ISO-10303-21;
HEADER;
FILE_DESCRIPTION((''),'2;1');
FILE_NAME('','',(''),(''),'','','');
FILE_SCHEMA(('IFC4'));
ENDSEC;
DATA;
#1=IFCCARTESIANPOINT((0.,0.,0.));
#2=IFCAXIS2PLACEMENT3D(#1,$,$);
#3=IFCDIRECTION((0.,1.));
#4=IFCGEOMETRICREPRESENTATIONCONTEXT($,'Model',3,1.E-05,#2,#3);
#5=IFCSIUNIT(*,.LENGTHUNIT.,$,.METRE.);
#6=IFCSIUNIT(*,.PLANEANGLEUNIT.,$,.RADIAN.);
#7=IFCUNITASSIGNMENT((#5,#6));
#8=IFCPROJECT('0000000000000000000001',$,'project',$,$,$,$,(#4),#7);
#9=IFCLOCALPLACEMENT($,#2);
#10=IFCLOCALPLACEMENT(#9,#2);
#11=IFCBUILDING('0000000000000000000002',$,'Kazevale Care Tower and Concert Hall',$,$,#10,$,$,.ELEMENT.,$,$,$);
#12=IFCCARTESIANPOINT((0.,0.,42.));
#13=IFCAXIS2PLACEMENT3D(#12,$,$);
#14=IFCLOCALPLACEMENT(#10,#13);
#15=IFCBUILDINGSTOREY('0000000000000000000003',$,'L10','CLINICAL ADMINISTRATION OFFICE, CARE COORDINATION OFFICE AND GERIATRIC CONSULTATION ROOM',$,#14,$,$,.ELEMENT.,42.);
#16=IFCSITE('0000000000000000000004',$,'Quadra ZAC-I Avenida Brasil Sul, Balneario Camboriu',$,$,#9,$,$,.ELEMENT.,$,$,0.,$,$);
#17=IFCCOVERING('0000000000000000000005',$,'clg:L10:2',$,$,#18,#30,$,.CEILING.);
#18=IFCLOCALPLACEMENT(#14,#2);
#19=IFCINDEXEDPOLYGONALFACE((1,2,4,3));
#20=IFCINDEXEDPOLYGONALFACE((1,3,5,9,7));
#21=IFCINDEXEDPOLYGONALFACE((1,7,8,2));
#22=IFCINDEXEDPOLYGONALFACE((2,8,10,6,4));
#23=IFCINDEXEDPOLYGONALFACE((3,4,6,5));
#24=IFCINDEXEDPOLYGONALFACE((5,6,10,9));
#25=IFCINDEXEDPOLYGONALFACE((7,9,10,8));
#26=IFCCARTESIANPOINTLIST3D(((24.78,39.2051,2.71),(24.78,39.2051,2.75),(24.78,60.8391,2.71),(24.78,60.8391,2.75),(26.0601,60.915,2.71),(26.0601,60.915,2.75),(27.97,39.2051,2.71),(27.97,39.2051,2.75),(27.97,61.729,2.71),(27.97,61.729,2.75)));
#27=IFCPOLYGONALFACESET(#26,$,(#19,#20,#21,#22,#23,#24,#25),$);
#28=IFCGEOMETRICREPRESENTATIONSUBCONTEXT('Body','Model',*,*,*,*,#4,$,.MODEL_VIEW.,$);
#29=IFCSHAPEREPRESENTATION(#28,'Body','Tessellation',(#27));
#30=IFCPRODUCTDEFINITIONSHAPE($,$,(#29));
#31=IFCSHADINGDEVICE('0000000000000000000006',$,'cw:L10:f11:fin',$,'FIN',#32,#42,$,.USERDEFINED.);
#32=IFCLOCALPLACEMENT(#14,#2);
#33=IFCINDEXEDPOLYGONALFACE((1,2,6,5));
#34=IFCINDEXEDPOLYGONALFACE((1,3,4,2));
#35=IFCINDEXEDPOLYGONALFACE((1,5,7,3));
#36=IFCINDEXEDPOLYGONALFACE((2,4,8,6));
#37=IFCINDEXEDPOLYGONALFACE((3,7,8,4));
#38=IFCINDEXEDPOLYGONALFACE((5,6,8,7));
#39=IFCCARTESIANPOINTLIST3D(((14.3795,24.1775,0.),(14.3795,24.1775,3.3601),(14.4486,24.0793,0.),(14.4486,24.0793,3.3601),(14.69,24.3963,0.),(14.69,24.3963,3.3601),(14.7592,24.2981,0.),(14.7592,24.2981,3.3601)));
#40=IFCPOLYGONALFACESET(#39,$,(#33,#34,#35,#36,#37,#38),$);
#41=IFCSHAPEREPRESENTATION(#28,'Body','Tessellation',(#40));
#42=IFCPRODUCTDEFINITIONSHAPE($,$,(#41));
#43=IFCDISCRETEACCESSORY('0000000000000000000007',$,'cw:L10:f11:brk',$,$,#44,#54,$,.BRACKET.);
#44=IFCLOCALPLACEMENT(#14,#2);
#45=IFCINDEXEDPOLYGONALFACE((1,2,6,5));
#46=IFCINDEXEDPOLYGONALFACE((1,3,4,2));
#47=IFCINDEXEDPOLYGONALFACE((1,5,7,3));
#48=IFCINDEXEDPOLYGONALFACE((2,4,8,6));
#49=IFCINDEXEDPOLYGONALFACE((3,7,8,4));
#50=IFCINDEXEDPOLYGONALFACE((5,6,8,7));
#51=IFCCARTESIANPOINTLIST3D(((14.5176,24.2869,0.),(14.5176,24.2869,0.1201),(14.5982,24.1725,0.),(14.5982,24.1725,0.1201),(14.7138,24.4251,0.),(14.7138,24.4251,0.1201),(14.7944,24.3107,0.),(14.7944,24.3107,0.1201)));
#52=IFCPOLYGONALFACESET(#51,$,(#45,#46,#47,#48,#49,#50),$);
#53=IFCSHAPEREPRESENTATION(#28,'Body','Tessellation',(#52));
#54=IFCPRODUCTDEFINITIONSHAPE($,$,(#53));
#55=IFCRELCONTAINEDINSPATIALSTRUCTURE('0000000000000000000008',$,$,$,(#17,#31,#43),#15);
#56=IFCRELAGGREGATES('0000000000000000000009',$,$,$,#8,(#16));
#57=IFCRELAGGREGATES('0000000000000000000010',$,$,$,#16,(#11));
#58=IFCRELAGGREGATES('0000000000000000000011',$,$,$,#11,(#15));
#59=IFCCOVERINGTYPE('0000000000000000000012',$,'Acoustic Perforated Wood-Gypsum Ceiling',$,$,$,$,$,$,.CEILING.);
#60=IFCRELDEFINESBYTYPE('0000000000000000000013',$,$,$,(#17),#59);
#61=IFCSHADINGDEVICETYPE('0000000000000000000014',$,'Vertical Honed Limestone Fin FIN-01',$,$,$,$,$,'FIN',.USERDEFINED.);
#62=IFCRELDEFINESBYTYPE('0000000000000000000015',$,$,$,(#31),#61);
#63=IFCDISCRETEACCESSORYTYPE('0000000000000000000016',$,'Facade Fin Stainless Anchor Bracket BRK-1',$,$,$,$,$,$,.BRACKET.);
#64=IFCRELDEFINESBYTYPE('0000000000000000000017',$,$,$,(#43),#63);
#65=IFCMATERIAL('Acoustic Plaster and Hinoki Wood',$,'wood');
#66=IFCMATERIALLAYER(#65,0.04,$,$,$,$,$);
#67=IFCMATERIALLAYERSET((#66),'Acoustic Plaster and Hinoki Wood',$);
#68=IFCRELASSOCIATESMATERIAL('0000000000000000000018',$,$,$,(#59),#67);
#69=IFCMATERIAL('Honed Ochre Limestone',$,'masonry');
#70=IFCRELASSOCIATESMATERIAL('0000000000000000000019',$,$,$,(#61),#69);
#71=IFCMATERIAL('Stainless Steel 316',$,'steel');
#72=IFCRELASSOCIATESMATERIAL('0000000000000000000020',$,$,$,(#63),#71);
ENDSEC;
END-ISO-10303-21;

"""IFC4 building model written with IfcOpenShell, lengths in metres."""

from ifc_helpers import new_model, si_unit, direction, frame, origin, origin_2d, place, context, subcontext, project, spatial, polyline, rectangle, outline, extrude, material, layer, layer_set, type_object, element, save


model = new_model("IFC4")

# Units and contexts
model_context = context("Model", 3, precision=1e-05, world=origin(), true_north=direction((0.0, 1.0)))
body_context = subcontext(model_context, "Body", "Model", "MODEL_VIEW")
ifc_project = project(units=[si_unit("LENGTHUNIT", "METRE"), si_unit("PLANEANGLEUNIT", "RADIAN")], contexts=[model_context])

# Site, building, storey
site_placement = place(None, origin())
site = spatial("IfcSite", under=ifc_project, at=site_placement, Name="Quadra ZAC-I Avenida Brasil Sul, Balneario Camboriu", CompositionType="ELEMENT", RefElevation=0.0)
building_placement = place(site_placement, origin())
building = spatial("IfcBuilding", under=site, at=building_placement, Name="Kazevale Care Tower and Concert Hall", CompositionType="ELEMENT")
storey_placement = place(building_placement, frame((0.0, 0.0, 42.0)))
storey = spatial("IfcBuildingStorey", under=building, at=storey_placement, Name="L10", Description="CLINICAL ADMINISTRATION OFFICE, CARE COORDINATION OFFICE AND GERIATRIC CONSULTATION ROOM", CompositionType="ELEMENT", Elevation=42.0)

# Covering
ifc_material_1 = material(Name="Acoustic Plaster and Hinoki Wood", Category="wood")
ifc_layer_1 = layer(ifc_material_1, 0.04)
ifc_layer_set_1 = layer_set([ifc_layer_1], Name="Acoustic Plaster and Hinoki Wood")
covering_type = type_object("IfcCoveringType", Name="Acoustic Perforated Wood-Gypsum Ceiling", PredefinedType="CEILING", material=ifc_layer_set_1)
covering_1_placement = place(storey_placement, frame((0.0, 0.0, 2.71)))
element("IfcCovering", 1, at=covering_1_placement, inside=storey, type_object=covering_type, Name="clg:L10:2", PredefinedType="CEILING", context=body_context, shape_type="SweptSolid", body=[
    extrude(outline(polyline([(24.78, 39.2051), (24.78, 60.8391), (26.0601, 60.915), (27.97, 61.729), (27.97, 39.2051), (24.78, 39.2051)])), origin(), (0.0, 0.0, 1.0), 0.04),
])

# Shading device
ifc_material_2 = material(Name="Honed Ochre Limestone", Category="masonry")
shading_device_type = type_object("IfcShadingDeviceType", Name="Vertical Honed Limestone Fin FIN-01", ElementType="FIN", PredefinedType="USERDEFINED", material=ifc_material_2)
shading_device_placement = place(storey_placement, frame((14.5693, 24.2378, 0.0), z_axis=(0.0, 0.0, 1.0), x_axis=(-0.817547, -0.575862, 0.0)))
element("IfcShadingDevice", 2, at=shading_device_placement, inside=storey, type_object=shading_device_type, Name="cw:L10:f11:fin", ObjectType="FIN", PredefinedType="USERDEFINED", context=body_context, shape_type="SweptSolid", body=[
    extrude(rectangle(XDim=0.3799, YDim=0.1201, at=origin_2d()), origin(), (0.0, 0.0, 1.0), 3.3601),
])

# Discrete accessory
ifc_material_3 = material(Name="Stainless Steel 316", Category="steel")
discrete_accessory_type = type_object("IfcDiscreteAccessoryType", Name="Facade Fin Stainless Anchor Bracket BRK-1", PredefinedType="BRACKET", material=ifc_material_3)
discrete_accessory_placement = place(storey_placement, frame((14.656, 24.2988, 0.0), z_axis=(0.0, 0.0, 1.0), x_axis=(-0.817547, -0.575862, 0.0)))
element("IfcDiscreteAccessory", 3, at=discrete_accessory_placement, inside=storey, type_object=discrete_accessory_type, Name="cw:L10:f11:brk", PredefinedType="BRACKET", context=body_context, shape_type="SweptSolid", body=[
    extrude(rectangle(XDim=0.24, YDim=0.1399, at=origin_2d()), origin(), (0.0, 0.0, 1.0), 0.1201),
])

save(model, "model.ifc")
